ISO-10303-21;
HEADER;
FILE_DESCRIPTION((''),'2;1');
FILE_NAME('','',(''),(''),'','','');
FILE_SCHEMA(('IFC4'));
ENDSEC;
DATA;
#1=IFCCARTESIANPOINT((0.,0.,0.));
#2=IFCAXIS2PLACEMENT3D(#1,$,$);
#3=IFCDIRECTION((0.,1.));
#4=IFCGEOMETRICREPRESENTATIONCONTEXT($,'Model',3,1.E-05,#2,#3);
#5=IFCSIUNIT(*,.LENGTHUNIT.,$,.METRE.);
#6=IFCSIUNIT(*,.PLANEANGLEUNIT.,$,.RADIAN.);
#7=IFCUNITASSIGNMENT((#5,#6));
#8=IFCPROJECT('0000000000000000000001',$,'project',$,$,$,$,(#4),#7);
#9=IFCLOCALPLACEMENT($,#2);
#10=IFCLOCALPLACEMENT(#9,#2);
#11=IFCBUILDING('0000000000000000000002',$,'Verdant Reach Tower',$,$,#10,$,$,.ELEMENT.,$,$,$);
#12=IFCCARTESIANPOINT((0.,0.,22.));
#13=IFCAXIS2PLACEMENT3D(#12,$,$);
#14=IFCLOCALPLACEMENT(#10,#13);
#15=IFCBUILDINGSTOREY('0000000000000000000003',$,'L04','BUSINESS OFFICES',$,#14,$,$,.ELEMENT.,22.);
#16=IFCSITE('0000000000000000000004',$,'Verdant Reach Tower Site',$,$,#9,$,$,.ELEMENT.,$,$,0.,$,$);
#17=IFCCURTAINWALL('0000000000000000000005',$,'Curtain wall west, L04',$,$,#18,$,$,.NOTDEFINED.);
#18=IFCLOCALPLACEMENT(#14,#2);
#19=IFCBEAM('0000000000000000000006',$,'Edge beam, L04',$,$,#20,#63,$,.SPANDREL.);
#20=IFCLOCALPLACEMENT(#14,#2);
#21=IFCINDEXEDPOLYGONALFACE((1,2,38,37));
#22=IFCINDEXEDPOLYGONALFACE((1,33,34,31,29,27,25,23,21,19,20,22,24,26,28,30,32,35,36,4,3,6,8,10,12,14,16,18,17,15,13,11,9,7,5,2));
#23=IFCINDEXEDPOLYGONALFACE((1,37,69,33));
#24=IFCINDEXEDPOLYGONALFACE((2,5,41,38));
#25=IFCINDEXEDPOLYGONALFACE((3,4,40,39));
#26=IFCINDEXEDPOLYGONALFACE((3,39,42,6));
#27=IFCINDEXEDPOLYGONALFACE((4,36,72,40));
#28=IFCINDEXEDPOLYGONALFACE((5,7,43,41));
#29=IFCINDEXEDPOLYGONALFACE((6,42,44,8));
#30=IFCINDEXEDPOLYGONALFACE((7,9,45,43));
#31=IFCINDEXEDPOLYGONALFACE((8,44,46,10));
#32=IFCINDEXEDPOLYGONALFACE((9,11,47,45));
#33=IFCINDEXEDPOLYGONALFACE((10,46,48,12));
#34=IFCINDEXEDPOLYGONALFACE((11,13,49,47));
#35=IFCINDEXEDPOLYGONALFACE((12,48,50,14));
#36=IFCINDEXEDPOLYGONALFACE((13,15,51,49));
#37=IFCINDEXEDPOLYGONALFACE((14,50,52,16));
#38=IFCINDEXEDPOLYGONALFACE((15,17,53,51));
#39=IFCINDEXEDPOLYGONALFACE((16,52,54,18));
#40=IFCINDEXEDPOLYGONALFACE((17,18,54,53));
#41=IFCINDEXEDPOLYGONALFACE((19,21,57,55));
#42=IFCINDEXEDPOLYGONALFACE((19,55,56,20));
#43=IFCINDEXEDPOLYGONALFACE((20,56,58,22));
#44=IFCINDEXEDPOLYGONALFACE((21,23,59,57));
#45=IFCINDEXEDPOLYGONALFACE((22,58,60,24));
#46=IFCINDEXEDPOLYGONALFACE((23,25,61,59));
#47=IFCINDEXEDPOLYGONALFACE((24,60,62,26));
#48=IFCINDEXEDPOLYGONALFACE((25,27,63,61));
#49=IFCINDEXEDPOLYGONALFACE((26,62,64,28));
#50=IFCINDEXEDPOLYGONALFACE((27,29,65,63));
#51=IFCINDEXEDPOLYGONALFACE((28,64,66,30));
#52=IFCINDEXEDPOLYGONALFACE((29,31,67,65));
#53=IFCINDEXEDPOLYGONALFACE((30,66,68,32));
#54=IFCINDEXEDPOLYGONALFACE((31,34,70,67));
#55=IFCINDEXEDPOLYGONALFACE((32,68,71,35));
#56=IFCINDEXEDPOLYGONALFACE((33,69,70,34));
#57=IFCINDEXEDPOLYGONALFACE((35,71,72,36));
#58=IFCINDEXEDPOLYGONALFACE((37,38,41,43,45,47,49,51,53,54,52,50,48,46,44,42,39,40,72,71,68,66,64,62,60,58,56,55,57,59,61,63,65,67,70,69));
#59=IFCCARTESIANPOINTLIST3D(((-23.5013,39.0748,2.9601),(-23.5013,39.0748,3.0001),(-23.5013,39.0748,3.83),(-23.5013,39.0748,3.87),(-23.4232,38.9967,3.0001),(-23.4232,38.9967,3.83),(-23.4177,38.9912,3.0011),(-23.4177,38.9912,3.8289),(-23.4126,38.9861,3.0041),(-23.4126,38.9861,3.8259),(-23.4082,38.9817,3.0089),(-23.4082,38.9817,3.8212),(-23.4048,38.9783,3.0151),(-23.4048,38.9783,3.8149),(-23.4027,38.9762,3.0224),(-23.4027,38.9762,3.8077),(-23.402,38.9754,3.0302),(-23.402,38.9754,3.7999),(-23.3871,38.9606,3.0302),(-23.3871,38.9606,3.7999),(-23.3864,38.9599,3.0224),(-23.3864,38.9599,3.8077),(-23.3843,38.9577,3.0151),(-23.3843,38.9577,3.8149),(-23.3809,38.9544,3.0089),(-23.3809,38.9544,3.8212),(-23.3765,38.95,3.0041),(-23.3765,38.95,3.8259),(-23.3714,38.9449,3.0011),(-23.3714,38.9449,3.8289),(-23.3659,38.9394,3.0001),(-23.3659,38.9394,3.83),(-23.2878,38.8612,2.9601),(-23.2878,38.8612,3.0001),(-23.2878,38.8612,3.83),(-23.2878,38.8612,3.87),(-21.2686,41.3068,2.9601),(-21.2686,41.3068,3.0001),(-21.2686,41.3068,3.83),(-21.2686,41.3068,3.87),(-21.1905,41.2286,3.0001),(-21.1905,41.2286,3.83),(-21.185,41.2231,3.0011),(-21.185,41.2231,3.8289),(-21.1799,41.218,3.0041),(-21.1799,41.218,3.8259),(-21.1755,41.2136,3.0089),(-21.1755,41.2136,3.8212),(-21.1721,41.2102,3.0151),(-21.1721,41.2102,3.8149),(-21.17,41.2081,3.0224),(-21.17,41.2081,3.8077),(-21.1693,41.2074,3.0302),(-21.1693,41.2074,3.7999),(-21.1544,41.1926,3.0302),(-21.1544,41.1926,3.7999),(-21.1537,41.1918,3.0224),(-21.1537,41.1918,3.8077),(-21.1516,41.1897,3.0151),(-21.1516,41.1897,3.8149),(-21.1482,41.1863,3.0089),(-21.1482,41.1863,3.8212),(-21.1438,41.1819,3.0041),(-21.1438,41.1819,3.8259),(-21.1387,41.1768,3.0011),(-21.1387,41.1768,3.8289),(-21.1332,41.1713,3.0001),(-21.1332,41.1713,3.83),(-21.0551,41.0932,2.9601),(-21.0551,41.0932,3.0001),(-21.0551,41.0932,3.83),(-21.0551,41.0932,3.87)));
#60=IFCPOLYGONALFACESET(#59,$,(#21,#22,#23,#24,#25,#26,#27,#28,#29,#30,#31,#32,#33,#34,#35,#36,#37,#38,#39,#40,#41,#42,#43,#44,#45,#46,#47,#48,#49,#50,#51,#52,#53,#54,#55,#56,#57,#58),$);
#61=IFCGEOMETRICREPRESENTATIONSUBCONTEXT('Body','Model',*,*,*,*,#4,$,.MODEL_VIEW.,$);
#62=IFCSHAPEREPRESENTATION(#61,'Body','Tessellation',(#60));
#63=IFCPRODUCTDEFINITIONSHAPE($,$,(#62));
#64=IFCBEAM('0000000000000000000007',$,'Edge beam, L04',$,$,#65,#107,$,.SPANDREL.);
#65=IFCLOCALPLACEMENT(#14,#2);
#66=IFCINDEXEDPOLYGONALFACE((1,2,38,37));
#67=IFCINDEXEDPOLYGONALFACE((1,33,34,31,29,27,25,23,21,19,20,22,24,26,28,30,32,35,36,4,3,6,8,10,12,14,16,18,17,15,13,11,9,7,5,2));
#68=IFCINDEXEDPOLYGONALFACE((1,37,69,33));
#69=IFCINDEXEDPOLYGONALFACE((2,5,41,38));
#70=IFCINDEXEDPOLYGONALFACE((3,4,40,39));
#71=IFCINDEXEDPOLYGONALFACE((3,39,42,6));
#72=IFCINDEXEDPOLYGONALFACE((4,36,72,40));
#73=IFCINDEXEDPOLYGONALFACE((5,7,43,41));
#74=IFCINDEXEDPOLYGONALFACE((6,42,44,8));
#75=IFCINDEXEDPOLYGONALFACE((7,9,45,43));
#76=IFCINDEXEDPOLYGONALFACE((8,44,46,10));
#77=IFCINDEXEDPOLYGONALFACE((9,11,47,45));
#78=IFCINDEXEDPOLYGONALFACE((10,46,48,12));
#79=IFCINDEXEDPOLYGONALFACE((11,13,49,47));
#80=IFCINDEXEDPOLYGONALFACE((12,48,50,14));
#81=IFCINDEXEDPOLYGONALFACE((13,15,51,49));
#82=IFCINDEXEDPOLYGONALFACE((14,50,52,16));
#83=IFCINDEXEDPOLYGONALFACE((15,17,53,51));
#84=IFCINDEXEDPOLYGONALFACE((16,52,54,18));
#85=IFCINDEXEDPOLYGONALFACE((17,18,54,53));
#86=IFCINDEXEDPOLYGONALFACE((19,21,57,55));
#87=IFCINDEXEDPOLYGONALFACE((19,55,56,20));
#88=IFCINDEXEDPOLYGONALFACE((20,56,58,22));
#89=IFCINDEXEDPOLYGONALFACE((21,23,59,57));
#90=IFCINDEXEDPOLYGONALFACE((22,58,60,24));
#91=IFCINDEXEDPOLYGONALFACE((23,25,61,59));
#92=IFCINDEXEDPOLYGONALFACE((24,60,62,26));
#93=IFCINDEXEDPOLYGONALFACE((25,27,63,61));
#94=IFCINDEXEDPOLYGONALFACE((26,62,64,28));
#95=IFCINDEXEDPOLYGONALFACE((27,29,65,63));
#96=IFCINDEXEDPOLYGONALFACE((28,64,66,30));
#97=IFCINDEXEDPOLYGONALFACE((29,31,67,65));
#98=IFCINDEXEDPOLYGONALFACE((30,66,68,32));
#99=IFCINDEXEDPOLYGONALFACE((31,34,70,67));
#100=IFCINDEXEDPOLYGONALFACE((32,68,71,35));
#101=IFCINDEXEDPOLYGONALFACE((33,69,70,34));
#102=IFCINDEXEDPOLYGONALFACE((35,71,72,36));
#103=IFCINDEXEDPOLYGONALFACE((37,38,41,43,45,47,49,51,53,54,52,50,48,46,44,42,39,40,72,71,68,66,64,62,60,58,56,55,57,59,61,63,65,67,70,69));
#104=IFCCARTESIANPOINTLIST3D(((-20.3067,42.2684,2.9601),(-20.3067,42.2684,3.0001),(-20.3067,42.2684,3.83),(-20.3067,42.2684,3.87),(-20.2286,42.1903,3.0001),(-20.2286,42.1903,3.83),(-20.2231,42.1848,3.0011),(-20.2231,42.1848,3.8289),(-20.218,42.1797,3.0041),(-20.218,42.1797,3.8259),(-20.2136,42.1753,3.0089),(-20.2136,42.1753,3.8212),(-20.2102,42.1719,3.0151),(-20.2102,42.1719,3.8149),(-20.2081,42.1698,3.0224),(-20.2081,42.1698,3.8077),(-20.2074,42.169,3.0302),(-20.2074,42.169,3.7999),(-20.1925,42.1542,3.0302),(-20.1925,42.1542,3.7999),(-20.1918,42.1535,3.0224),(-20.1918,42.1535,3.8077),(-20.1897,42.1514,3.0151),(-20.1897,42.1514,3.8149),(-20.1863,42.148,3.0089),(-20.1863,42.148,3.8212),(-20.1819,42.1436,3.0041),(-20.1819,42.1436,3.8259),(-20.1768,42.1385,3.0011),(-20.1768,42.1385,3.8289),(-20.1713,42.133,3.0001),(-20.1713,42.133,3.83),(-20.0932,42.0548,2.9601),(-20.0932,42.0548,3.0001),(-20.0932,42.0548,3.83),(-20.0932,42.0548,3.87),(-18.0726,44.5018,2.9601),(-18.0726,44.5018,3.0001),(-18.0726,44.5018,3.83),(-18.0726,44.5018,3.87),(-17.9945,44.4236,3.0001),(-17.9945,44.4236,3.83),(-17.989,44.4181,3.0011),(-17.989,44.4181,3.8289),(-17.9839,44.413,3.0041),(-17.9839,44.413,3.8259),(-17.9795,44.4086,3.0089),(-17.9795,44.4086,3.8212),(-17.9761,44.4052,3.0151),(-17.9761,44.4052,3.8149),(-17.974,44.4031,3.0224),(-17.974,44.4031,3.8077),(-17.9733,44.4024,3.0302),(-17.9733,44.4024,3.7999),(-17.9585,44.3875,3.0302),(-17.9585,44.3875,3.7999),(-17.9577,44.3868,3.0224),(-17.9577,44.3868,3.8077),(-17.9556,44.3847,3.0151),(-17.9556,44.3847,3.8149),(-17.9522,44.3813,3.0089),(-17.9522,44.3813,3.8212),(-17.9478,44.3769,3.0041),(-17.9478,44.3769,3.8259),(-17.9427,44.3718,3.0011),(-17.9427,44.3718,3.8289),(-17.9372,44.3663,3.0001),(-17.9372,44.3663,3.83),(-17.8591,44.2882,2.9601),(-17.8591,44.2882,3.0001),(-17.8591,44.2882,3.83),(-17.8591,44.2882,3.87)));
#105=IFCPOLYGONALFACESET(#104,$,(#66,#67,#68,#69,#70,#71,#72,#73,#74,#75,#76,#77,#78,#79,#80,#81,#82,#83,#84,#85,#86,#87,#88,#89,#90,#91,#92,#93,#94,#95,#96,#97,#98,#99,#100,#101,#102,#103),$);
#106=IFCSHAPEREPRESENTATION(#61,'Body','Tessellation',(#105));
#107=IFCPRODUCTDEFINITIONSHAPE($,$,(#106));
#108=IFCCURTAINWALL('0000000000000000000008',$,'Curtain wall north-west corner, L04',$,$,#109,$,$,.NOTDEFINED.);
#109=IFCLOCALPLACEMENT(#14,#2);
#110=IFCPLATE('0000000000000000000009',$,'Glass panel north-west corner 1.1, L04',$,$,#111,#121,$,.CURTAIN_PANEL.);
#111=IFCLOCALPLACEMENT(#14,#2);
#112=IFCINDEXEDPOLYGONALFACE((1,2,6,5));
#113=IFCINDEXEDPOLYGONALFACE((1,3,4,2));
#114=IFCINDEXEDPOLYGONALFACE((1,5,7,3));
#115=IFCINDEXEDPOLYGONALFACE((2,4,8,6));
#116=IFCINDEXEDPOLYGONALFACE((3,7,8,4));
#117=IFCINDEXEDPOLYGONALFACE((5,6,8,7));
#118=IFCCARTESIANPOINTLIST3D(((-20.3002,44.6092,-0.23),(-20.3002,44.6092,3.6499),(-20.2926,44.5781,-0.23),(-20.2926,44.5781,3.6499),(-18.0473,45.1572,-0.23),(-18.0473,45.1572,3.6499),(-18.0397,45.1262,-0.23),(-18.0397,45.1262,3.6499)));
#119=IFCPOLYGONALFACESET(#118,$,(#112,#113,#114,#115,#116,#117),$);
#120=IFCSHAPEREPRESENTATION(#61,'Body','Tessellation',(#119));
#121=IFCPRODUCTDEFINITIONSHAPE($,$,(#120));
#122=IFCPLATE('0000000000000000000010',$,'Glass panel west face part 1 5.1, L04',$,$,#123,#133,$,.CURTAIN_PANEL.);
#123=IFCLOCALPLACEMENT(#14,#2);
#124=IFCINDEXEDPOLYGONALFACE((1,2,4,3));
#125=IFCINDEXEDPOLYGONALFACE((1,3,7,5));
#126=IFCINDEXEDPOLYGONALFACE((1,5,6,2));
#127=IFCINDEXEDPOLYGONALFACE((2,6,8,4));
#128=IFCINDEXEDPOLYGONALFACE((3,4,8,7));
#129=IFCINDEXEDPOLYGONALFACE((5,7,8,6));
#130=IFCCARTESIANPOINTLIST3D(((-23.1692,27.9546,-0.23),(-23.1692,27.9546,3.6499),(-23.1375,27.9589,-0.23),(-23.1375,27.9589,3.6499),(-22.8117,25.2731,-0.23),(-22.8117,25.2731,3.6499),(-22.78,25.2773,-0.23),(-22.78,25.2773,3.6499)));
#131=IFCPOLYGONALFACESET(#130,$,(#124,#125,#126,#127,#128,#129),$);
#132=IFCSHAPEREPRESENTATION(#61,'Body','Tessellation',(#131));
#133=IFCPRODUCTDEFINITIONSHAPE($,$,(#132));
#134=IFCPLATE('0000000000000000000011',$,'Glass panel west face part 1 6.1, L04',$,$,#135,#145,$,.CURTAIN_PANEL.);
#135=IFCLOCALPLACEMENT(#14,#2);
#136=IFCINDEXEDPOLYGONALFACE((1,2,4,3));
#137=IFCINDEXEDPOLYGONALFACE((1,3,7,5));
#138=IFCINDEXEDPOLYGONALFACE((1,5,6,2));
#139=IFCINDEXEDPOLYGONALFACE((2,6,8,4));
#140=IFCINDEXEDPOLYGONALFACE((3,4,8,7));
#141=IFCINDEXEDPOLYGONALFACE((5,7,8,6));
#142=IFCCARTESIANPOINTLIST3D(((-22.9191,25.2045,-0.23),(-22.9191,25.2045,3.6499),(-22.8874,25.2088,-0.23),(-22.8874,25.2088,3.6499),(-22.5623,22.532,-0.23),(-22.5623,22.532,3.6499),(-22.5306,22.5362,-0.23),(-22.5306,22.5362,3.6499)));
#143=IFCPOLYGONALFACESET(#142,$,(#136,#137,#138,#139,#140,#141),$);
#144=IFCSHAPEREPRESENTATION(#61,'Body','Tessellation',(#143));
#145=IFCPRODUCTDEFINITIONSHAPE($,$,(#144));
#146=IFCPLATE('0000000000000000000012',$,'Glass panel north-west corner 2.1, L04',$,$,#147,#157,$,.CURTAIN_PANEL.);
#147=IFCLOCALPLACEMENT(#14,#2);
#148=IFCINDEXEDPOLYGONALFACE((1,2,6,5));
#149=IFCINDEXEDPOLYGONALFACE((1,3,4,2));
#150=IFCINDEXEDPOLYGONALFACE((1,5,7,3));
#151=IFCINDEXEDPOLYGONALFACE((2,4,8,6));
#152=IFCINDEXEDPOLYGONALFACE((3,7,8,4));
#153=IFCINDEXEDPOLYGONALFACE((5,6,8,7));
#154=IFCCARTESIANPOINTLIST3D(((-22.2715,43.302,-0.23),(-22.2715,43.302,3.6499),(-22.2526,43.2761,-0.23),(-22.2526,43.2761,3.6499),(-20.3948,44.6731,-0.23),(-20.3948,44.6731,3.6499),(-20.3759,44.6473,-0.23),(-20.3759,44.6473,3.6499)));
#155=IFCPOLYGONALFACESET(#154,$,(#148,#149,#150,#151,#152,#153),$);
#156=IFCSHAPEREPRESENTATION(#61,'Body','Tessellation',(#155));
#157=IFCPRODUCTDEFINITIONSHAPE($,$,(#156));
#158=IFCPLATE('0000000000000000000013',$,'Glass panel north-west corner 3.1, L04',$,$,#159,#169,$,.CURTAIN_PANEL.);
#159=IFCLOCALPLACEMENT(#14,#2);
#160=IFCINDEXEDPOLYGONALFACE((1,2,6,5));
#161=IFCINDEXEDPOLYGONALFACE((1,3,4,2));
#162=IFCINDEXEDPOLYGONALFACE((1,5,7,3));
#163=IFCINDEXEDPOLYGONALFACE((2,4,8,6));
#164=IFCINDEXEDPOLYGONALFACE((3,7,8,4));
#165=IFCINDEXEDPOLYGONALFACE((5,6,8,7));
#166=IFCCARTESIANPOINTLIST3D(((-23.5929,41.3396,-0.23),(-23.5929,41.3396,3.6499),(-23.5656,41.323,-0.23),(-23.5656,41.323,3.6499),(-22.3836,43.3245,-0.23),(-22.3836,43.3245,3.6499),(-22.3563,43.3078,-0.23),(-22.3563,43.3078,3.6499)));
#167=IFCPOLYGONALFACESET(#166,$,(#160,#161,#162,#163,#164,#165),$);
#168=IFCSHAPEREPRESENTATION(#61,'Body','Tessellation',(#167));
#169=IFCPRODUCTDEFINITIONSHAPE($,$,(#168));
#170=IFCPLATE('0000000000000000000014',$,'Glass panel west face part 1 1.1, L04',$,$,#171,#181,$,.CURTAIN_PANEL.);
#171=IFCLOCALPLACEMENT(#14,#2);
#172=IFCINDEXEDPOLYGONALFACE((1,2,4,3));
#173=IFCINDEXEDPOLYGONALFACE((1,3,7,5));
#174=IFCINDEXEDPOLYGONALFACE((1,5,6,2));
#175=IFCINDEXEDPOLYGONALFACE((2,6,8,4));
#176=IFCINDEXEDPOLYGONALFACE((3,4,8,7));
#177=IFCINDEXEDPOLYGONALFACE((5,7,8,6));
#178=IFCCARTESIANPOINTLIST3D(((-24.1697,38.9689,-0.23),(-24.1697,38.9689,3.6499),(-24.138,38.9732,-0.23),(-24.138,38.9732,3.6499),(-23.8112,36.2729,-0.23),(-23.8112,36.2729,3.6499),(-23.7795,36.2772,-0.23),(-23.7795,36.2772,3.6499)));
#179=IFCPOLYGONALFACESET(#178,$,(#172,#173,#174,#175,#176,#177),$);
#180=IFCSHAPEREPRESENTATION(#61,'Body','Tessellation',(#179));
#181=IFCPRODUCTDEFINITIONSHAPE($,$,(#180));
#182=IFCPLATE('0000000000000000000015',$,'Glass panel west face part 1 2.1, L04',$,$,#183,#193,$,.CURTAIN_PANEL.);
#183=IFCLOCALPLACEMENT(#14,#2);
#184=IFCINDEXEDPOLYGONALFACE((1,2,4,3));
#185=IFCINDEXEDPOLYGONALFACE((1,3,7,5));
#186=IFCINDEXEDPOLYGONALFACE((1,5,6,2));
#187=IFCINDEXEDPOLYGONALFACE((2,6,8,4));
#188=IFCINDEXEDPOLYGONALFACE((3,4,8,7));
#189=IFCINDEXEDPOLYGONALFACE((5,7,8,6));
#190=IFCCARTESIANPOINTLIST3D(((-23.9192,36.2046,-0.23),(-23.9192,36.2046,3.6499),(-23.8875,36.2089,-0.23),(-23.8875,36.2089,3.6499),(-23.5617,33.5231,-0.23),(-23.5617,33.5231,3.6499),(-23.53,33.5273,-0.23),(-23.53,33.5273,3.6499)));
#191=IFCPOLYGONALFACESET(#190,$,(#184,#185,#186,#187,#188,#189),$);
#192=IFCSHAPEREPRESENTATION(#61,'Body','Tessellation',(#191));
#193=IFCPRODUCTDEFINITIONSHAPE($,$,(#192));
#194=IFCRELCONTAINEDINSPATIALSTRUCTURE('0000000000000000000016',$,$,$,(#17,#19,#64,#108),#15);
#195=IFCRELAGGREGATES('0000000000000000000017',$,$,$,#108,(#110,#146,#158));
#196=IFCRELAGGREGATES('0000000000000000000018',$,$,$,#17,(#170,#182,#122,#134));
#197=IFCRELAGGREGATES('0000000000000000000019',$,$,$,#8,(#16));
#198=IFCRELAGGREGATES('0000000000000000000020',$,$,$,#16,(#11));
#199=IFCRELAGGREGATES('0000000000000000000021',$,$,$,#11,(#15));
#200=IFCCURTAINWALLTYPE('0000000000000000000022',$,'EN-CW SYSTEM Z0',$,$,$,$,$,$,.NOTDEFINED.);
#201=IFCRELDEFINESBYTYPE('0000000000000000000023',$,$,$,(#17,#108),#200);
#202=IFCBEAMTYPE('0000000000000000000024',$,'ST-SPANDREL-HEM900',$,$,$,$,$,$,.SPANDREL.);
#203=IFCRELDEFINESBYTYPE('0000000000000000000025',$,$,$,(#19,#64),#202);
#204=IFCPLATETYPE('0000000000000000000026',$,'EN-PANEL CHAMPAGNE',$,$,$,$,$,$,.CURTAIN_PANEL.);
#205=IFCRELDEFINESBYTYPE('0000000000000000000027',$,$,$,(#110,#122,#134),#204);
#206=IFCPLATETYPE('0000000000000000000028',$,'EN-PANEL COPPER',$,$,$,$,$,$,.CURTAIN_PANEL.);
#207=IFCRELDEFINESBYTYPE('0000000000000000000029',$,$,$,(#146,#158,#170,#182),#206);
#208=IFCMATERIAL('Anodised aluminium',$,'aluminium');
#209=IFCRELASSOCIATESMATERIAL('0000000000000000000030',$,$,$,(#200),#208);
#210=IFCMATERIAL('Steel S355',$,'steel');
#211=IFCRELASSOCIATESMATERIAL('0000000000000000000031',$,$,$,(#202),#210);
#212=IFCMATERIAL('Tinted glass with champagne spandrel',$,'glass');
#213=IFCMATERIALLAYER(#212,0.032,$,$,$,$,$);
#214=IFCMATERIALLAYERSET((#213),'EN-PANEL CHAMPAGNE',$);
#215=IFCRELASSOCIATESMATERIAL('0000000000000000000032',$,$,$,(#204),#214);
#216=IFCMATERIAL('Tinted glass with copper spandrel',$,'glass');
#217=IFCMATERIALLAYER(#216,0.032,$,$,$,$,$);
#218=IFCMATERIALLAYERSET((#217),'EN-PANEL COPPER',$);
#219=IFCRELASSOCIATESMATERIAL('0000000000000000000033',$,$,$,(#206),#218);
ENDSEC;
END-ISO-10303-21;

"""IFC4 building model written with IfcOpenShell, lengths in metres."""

from ifc_helpers import new_model, si_unit, direction, frame, origin, origin_2d, place, context, subcontext, project, spatial, rectangle, i_section, extrude, material, layer, layer_set, material_profile, profile_set, type_object, element, aggregate, save


model = new_model("IFC4")

# Units and contexts
model_context = context("Model", 3, precision=1e-05, world=origin(), true_north=direction((0.0, 1.0)))
body_context = subcontext(model_context, "Body", "Model", "MODEL_VIEW")
ifc_project = project(units=[si_unit("LENGTHUNIT", "METRE"), si_unit("PLANEANGLEUNIT", "RADIAN")], contexts=[model_context])

# Site, building, storey
site_placement = place(None, origin())
site = spatial("IfcSite", under=ifc_project, at=site_placement, Name="Verdant Reach Tower Site", CompositionType="ELEMENT", RefElevation=0.0)
building_placement = place(site_placement, origin())
building = spatial("IfcBuilding", under=site, at=building_placement, Name="Verdant Reach Tower", CompositionType="ELEMENT")
storey_placement = place(building_placement, frame((0.0, 0.0, 22.0)))
storey = spatial("IfcBuildingStorey", under=building, at=storey_placement, Name="L04", Description="BUSINESS OFFICES", CompositionType="ELEMENT", Elevation=22.0)

# Curtain wall
ifc_material_1 = material(Name="Anodised aluminium", Category="aluminium")
curtain_wall_type = type_object("IfcCurtainWallType", Name="EN-CW SYSTEM Z0", PredefinedType="NOTDEFINED", material=ifc_material_1)
curtain_wall_1_placement = place(storey_placement, origin())
curtain_wall_1 = element("IfcCurtainWall", 1, at=curtain_wall_1_placement, inside=storey, type_object=curtain_wall_type, Name="Curtain wall west, L04", PredefinedType="NOTDEFINED")

# Beams
ifc_material_2 = material(Name="Steel S355", Category="steel")
ifc_material_profile_1 = material_profile(ifc_material_2, i_section(OverallWidth=0.302, OverallDepth=0.9099, WebThickness=0.021, FlangeThickness=0.04, FilletRadius=0.03, at=origin_2d()), Name="HEM 900")
ifc_profile_set_1 = profile_set([ifc_material_profile_1], Name="Steel S355")
beam_type_1 = type_object("IfcBeamType", Name="ST-SPANDREL-HEM900", PredefinedType="SPANDREL", material=ifc_profile_set_1)
beam_1_placement = place(storey_placement, frame((-23.3945, 38.968, 3.415), z_axis=(0.707223, 0.706991, 0.0), x_axis=(-0.706991, 0.707223, 0.0)))
element("IfcBeam", 2, at=beam_1_placement, inside=storey, type_object=beam_type_1, Name="Edge beam, L04", PredefinedType="SPANDREL", context=body_context, shape_type="SweptSolid", body=[
    extrude(i_section(OverallWidth=0.302, OverallDepth=0.9099, WebThickness=0.021, FlangeThickness=0.04, FilletRadius=0.03, at=origin_2d()), origin(), (0.0, 0.0, 1.0), 3.157),
])
beam_2_placement = place(storey_placement, frame((-20.2, 42.1616, 3.415), z_axis=(0.707223, 0.706991, 0.0), x_axis=(-0.706991, 0.707223, 0.0)))
element("IfcBeam", 3, at=beam_2_placement, inside=storey, type_object=beam_type_1, Name="Edge beam, L04", PredefinedType="SPANDREL", context=body_context, shape_type="SweptSolid", body=[
    extrude(i_section(OverallWidth=0.302, OverallDepth=0.9099, WebThickness=0.021, FlangeThickness=0.04, FilletRadius=0.03, at=origin_2d()), origin(), (0.0, 0.0, 1.0), 3.1589),
])

# Curtain wall, plate
curtain_wall_2_placement = place(storey_placement, origin())
curtain_wall_2 = element("IfcCurtainWall", 4, at=curtain_wall_2_placement, inside=storey, type_object=curtain_wall_type, Name="Curtain wall north-west corner, L04", PredefinedType="NOTDEFINED")
ifc_material_3 = material(Name="Tinted glass with champagne spandrel", Category="glass")
ifc_layer_1 = layer(ifc_material_3, 0.032)
ifc_layer_set_1 = layer_set([ifc_layer_1], Name="EN-PANEL CHAMPAGNE")
plate_type_1 = type_object("IfcPlateType", Name="EN-PANEL CHAMPAGNE", PredefinedType="CURTAIN_PANEL", material=ifc_layer_set_1)
plate_1_placement = place(storey_placement, frame((-19.1699, 44.8677, -0.23), z_axis=(0.0, 0.0, 1.0), x_axis=(-0.971663, -0.236369, 0.0)))
plate_1 = element("IfcPlate", 5, at=plate_1_placement, type_object=plate_type_1, Name="Glass panel north-west corner 1.1, L04", PredefinedType="CURTAIN_PANEL", context=body_context, shape_type="SweptSolid", body=[
    extrude(rectangle(XDim=2.3186, YDim=0.032, at=origin_2d()), origin(), (0.0, 0.0, 1.0), 3.8799),
])

# Plates
plate_2_placement = place(storey_placement, frame((-22.9746, 26.616, -0.23), z_axis=(0.0, 0.0, 1.0), x_axis=(0.13216, -0.991228, 0.0)))
plate_2 = element("IfcPlate", 6, at=plate_2_placement, type_object=plate_type_1, Name="Glass panel west face part 1 5.1, L04", PredefinedType="CURTAIN_PANEL", context=body_context, shape_type="SweptSolid", body=[
    extrude(rectangle(XDim=2.7053, YDim=0.032, at=origin_2d()), origin(), (0.0, 0.0, 1.0), 3.8799),
])
plate_3_placement = place(storey_placement, frame((-22.7249, 23.8704, -0.23), z_axis=(0.0, 0.0, 1.0), x_axis=(0.132308, -0.991209, 0.0)))
plate_3 = element("IfcPlate", 7, at=plate_3_placement, type_object=plate_type_1, Name="Glass panel west face part 1 6.1, L04", PredefinedType="CURTAIN_PANEL", context=body_context, shape_type="SweptSolid", body=[
    extrude(rectangle(XDim=2.6963, YDim=0.032, at=origin_2d()), origin(), (0.0, 0.0, 1.0), 3.8799),
])
ifc_material_4 = material(Name="Tinted glass with copper spandrel", Category="glass")
ifc_layer_2 = layer(ifc_material_4, 0.032)
ifc_layer_set_2 = layer_set([ifc_layer_2], Name="EN-PANEL COPPER")
plate_type_2 = type_object("IfcPlateType", Name="EN-PANEL COPPER", PredefinedType="CURTAIN_PANEL", material=ifc_layer_set_2)
plate_4_placement = place(storey_placement, frame((-21.3237, 43.9746, -0.23), z_axis=(0.0, 0.0, 1.0), x_axis=(-0.807457, -0.589927, 0.0)))
plate_4 = element("IfcPlate", 8, at=plate_4_placement, type_object=plate_type_2, Name="Glass panel north-west corner 2.1, L04", PredefinedType="CURTAIN_PANEL", context=body_context, shape_type="SweptSolid", body=[
    extrude(rectangle(XDim=2.3242, YDim=0.032, at=origin_2d()), origin(), (0.0, 0.0, 1.0), 3.8799),
])
plate_5_placement = place(storey_placement, frame((-22.9746, 42.3237, -0.23), z_axis=(0.0, 0.0, 1.0), x_axis=(-0.520292, -0.853989, 0.0)))
plate_5 = element("IfcPlate", 9, at=plate_5_placement, type_object=plate_type_2, Name="Glass panel north-west corner 3.1, L04", PredefinedType="CURTAIN_PANEL", context=body_context, shape_type="SweptSolid", body=[
    extrude(rectangle(XDim=2.3242, YDim=0.032, at=origin_2d()), origin(), (0.0, 0.0, 1.0), 3.8799),
])
plate_6_placement = place(storey_placement, frame((-23.9746, 37.623, -0.23), z_axis=(0.0, 0.0, 1.0), x_axis=(0.131793, -0.991277, 0.0)))
plate_6 = element("IfcPlate", 10, at=plate_6_placement, type_object=plate_type_2, Name="Glass panel west face part 1 1.1, L04", PredefinedType="CURTAIN_PANEL", context=body_context, shape_type="SweptSolid", body=[
    extrude(rectangle(XDim=2.7197, YDim=0.032, at=origin_2d()), origin(), (0.0, 0.0, 1.0), 3.8799),
])
plate_7_placement = place(storey_placement, frame((-23.7246, 34.866, -0.23), z_axis=(0.0, 0.0, 1.0), x_axis=(0.13216, -0.991228, 0.0)))
plate_7 = element("IfcPlate", 11, at=plate_7_placement, type_object=plate_type_2, Name="Glass panel west face part 1 2.1, L04", PredefinedType="CURTAIN_PANEL", context=body_context, shape_type="SweptSolid", body=[
    extrude(rectangle(XDim=2.7053, YDim=0.032, at=origin_2d()), origin(), (0.0, 0.0, 1.0), 3.8799),
])

aggregate(curtain_wall_2, [plate_1, plate_4, plate_5])
aggregate(curtain_wall_1, [plate_6, plate_7, plate_2, plate_3])

save(model, "model.ifc")
